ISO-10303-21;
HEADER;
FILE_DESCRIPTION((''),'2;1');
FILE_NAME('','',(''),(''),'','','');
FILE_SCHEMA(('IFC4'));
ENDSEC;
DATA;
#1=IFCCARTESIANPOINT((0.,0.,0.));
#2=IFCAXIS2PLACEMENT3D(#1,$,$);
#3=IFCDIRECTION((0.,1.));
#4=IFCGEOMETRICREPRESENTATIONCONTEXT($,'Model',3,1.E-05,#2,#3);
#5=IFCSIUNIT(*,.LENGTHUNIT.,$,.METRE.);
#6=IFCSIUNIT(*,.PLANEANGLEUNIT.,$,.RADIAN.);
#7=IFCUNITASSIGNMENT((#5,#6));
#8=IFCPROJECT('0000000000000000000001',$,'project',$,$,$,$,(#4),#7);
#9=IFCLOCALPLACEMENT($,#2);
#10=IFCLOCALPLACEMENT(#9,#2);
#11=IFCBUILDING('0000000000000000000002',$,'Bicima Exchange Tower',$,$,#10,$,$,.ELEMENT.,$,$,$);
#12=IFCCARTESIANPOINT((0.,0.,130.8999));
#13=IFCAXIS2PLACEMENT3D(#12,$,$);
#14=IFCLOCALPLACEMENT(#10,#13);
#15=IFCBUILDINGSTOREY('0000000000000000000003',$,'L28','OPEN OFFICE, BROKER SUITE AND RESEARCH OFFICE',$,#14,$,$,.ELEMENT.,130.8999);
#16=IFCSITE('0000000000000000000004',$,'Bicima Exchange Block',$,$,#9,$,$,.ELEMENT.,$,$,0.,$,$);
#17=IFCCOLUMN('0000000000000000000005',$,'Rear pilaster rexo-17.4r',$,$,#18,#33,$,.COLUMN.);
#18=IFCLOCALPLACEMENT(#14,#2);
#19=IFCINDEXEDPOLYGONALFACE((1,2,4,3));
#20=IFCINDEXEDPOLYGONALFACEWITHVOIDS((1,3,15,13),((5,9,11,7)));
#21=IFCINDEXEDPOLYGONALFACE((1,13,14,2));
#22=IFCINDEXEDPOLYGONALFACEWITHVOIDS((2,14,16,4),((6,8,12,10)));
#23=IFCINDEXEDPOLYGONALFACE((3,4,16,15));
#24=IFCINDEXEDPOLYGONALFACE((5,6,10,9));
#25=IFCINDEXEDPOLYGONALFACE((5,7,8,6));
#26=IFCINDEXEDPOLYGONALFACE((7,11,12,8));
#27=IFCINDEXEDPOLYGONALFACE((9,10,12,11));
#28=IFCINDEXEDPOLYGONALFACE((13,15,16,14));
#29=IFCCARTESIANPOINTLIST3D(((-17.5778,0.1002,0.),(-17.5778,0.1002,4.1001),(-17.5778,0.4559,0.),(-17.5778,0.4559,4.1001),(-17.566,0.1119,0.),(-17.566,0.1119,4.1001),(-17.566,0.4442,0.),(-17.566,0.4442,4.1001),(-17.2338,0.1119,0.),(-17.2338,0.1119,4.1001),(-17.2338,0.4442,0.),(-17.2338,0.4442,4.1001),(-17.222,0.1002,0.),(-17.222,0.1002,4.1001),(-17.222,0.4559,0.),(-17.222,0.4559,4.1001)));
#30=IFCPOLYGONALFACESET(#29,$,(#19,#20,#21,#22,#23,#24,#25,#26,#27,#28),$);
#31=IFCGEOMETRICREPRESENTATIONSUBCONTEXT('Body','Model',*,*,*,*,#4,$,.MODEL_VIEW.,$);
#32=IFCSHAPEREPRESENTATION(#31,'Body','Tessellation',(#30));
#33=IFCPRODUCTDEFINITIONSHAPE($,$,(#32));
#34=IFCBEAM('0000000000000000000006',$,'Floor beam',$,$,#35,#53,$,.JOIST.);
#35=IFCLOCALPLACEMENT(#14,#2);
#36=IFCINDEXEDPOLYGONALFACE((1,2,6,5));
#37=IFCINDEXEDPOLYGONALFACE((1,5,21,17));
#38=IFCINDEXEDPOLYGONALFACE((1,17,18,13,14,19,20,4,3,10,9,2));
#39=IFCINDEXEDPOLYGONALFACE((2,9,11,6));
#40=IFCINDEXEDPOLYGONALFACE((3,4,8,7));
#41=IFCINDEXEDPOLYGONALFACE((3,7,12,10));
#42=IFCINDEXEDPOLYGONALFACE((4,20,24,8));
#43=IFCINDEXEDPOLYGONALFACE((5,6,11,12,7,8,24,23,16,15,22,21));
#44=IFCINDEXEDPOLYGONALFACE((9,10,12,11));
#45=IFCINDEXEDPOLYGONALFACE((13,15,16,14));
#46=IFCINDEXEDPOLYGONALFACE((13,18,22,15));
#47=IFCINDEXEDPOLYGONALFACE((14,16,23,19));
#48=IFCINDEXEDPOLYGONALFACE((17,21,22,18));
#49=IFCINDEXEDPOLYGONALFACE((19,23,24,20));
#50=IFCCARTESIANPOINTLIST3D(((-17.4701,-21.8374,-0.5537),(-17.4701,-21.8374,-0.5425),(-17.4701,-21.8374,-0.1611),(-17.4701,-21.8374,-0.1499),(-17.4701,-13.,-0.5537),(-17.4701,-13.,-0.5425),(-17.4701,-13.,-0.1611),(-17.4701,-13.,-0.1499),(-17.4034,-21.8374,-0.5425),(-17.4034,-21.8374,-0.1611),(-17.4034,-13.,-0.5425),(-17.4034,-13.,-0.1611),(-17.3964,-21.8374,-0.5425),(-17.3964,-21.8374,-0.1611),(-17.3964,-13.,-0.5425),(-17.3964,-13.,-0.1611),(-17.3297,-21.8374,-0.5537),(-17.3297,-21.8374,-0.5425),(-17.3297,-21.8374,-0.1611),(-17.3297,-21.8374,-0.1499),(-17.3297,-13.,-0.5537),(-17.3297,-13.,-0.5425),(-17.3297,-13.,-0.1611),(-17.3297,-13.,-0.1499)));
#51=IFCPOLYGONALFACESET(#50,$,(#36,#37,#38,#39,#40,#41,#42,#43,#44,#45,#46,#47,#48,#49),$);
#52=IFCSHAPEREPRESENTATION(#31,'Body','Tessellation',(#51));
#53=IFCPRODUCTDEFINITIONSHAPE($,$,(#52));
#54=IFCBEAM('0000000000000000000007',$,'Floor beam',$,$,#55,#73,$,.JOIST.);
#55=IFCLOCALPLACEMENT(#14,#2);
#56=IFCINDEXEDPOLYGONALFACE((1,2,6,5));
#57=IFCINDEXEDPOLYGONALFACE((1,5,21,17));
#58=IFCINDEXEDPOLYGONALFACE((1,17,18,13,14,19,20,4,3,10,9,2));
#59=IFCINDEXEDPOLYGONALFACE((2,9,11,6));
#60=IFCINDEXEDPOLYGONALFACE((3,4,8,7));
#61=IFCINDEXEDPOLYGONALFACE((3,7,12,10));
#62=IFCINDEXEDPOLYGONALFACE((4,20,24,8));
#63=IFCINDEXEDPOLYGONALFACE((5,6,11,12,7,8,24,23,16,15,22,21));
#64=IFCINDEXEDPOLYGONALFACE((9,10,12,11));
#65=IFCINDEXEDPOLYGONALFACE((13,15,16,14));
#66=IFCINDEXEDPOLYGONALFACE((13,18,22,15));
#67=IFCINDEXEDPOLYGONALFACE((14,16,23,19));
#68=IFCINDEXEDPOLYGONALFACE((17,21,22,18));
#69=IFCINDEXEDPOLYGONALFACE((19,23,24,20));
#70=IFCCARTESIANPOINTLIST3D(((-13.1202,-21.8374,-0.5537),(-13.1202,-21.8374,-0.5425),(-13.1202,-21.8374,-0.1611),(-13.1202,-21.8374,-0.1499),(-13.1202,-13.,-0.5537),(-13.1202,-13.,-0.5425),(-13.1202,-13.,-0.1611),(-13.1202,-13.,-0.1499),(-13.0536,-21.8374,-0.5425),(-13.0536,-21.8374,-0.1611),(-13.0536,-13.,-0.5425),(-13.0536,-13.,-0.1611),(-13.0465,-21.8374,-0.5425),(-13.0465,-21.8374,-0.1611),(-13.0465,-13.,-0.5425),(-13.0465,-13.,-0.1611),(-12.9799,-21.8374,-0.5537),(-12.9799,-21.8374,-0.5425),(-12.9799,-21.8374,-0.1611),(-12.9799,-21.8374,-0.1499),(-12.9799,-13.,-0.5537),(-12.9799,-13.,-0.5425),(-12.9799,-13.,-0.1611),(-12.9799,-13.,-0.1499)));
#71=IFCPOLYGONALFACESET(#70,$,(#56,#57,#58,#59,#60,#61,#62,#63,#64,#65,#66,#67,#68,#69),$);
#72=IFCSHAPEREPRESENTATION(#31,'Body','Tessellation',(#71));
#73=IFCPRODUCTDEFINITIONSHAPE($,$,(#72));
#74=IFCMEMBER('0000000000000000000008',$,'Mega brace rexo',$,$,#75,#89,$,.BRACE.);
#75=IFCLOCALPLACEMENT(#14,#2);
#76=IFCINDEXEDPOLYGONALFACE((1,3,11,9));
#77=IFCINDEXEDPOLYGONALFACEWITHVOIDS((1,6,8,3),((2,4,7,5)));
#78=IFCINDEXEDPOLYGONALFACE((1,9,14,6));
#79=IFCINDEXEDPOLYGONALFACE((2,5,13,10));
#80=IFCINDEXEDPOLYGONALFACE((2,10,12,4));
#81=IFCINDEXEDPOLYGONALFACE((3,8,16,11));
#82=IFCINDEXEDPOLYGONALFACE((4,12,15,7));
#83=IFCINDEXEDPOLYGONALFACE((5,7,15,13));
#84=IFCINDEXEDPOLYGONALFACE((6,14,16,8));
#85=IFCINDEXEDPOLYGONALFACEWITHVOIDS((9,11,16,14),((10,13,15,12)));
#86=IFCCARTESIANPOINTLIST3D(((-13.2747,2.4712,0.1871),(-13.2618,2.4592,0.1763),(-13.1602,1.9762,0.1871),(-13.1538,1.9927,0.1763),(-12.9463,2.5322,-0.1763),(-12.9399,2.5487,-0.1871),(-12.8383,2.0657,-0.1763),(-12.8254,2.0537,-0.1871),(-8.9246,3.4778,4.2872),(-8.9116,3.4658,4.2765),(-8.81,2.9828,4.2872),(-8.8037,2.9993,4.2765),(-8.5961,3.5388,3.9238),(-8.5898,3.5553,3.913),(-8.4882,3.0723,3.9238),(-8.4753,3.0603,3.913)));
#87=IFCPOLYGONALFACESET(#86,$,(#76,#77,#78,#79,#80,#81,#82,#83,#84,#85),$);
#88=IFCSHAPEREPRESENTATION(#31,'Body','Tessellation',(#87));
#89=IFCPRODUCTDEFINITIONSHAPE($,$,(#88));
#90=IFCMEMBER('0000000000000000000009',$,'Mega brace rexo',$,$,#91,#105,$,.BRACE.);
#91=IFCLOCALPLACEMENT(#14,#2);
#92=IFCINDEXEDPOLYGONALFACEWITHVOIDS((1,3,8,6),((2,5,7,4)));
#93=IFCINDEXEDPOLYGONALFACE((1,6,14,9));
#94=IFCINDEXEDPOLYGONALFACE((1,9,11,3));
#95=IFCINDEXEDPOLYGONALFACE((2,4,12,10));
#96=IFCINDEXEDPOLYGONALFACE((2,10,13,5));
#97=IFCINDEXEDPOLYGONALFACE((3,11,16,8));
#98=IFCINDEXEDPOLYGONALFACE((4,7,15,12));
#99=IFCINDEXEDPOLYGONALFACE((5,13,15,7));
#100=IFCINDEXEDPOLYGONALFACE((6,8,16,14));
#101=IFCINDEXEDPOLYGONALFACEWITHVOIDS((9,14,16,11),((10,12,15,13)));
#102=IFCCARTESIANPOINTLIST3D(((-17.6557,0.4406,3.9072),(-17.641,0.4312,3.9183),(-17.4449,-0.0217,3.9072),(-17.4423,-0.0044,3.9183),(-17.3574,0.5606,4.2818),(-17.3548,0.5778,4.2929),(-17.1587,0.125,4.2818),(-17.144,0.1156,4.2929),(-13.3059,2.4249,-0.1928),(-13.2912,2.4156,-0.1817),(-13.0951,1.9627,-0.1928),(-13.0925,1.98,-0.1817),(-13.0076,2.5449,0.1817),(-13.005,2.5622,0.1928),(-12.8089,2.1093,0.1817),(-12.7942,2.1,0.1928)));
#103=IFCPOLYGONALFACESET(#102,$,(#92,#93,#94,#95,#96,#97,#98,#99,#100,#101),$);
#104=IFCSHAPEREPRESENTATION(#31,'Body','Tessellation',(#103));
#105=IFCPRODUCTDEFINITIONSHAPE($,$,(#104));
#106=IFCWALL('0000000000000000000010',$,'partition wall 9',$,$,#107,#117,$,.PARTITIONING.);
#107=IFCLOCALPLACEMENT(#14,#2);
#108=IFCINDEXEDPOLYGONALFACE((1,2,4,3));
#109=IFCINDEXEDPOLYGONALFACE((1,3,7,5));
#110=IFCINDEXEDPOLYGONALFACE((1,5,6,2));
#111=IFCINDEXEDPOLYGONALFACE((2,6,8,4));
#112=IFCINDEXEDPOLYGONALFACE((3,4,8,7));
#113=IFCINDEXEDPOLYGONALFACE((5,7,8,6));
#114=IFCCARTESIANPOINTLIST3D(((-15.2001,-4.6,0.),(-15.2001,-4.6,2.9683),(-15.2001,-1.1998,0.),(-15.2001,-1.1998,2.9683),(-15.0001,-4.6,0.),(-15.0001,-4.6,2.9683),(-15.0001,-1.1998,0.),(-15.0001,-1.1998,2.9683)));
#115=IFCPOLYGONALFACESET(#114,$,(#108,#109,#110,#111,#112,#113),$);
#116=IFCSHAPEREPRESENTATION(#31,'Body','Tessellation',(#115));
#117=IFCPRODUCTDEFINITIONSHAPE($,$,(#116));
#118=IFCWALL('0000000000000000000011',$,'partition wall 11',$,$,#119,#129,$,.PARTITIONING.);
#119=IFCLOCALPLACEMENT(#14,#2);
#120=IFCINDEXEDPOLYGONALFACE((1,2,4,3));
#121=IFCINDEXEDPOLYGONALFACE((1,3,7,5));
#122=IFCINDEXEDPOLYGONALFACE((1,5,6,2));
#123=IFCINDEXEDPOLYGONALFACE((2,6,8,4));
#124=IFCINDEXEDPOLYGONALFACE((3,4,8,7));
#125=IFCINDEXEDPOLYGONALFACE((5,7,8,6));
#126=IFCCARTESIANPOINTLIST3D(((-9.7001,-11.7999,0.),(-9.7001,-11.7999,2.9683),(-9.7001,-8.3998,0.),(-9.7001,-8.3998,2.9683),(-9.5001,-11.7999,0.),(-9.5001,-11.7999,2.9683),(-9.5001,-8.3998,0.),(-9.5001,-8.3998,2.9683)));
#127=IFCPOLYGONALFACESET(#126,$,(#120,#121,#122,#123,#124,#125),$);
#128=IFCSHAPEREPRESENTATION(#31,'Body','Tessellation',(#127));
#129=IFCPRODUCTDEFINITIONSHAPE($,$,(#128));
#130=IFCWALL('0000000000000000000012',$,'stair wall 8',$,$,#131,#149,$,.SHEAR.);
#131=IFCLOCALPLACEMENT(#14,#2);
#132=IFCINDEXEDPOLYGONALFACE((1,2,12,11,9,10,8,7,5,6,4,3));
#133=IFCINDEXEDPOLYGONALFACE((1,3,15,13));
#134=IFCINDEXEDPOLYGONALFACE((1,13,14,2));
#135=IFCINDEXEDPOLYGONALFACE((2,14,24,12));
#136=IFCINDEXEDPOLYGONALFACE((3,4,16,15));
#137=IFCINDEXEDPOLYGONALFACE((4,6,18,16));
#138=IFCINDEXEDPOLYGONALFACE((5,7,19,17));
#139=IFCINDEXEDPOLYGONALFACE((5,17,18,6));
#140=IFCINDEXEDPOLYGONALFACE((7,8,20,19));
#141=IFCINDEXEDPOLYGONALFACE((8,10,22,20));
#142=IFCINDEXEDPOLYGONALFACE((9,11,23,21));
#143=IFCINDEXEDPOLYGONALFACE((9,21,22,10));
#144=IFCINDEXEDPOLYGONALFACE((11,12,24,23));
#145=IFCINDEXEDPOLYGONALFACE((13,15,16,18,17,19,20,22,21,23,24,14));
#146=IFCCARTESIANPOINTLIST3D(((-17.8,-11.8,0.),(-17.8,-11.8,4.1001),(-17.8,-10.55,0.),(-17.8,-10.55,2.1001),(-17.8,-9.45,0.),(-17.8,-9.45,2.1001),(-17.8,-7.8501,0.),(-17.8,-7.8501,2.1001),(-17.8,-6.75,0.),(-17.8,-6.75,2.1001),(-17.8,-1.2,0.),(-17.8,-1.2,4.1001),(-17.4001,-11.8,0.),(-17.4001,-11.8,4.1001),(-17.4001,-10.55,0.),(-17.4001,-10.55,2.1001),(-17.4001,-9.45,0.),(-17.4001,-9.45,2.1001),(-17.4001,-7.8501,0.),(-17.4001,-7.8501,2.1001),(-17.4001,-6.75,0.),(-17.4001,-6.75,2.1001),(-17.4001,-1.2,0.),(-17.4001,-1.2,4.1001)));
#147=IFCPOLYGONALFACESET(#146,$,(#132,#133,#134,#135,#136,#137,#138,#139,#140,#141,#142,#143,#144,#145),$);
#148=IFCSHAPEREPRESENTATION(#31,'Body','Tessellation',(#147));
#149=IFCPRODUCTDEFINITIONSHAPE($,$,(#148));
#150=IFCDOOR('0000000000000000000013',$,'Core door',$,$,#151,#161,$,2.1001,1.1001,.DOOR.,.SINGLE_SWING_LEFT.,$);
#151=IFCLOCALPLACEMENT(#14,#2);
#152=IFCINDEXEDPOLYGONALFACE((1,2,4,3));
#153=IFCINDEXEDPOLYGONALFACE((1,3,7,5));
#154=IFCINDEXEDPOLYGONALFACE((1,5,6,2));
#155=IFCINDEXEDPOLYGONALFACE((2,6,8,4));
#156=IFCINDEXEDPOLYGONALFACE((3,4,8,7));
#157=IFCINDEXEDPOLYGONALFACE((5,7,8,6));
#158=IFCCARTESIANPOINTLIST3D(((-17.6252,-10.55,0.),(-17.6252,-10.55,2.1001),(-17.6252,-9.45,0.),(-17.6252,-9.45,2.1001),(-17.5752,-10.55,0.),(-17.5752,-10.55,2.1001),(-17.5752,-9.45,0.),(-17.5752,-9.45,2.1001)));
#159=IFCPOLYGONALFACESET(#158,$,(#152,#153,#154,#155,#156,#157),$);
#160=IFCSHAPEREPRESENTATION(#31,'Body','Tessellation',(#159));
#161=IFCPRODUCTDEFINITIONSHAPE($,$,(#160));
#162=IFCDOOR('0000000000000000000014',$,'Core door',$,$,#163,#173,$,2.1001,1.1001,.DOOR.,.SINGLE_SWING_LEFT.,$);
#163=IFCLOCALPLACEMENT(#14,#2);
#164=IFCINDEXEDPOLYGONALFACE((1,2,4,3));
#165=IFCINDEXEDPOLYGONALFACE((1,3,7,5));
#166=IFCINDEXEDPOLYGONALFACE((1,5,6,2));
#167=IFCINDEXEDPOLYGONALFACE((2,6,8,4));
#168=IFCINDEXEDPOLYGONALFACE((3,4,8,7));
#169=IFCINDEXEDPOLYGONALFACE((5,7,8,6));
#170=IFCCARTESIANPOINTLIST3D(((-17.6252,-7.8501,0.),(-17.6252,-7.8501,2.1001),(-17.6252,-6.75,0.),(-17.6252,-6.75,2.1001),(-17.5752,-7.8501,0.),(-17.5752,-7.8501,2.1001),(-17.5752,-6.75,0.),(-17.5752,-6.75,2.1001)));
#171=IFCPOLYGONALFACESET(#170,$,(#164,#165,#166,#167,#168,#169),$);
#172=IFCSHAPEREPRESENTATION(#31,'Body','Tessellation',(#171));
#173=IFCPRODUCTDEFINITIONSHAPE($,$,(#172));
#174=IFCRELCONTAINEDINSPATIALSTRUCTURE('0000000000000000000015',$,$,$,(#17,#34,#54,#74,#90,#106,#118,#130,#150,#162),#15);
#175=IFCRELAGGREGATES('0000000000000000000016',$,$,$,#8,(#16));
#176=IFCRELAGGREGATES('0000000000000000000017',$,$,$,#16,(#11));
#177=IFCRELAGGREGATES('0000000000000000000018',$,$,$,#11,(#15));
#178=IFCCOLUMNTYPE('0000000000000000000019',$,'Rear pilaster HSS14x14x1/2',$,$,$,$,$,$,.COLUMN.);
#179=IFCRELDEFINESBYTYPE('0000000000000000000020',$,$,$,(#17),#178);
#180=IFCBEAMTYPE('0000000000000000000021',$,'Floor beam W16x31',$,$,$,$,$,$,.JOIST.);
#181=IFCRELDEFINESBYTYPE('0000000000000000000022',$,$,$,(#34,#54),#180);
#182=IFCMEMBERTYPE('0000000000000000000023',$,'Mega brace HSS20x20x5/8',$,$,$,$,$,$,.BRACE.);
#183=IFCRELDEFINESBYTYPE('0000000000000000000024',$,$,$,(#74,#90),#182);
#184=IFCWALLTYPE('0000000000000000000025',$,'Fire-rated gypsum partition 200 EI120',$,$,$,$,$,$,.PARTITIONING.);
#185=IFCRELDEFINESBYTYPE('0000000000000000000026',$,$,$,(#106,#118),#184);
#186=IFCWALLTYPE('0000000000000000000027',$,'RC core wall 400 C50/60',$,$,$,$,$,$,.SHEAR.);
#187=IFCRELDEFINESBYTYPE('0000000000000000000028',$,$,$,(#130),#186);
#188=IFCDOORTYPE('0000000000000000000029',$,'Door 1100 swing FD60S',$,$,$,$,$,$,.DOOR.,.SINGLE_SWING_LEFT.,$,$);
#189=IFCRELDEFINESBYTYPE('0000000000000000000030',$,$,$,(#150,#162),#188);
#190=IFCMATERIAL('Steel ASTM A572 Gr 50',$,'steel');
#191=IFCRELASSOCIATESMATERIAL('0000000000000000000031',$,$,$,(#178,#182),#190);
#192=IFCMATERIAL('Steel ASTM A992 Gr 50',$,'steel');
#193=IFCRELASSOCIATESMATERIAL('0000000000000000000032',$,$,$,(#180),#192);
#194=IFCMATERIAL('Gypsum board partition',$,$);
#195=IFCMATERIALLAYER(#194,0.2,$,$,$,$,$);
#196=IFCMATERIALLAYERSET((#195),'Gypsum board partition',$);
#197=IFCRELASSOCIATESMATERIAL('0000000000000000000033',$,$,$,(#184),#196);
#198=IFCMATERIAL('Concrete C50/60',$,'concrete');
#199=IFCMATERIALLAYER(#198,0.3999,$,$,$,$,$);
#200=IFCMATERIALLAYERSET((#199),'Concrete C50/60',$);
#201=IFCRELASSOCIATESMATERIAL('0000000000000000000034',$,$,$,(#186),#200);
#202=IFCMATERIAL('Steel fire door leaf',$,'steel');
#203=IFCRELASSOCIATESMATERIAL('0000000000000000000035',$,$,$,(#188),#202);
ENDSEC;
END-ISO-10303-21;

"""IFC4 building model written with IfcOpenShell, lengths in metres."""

from ifc_helpers import new_model, si_unit, direction, frame, frame_2d, origin, origin_2d, place, context, subcontext, project, spatial, rectangle, hollow_rectangle, i_section, extrude, material, layer, layer_set, material_profile, profile_set, type_object, element, fill, save


model = new_model("IFC4")

# Units and contexts
model_context = context("Model", 3, precision=1e-05, world=origin(), true_north=direction((0.0, 1.0)))
body_context = subcontext(model_context, "Body", "Model", "MODEL_VIEW")
ifc_project = project(units=[si_unit("LENGTHUNIT", "METRE"), si_unit("PLANEANGLEUNIT", "RADIAN")], contexts=[model_context])

# Site, building, storey
site_placement = place(None, origin())
site = spatial("IfcSite", under=ifc_project, at=site_placement, Name="Bicima Exchange Block", CompositionType="ELEMENT", RefElevation=0.0)
building_placement = place(site_placement, origin())
building = spatial("IfcBuilding", under=site, at=building_placement, Name="Bicima Exchange Tower", CompositionType="ELEMENT")
storey_placement = place(building_placement, frame((0.0, 0.0, 130.8999)))
storey = spatial("IfcBuildingStorey", under=building, at=storey_placement, Name="L28", Description="OPEN OFFICE, BROKER SUITE AND RESEARCH OFFICE", CompositionType="ELEMENT", Elevation=130.8999)

# Column
ifc_material_1 = material(Name="Steel ASTM A572 Gr 50", Category="steel")
ifc_material_profile_1 = material_profile(ifc_material_1, hollow_rectangle(XDim=0.3557, YDim=0.3557, WallThickness=0.0117, at=origin_2d()))
ifc_profile_set_1 = profile_set([ifc_material_profile_1], Name="Steel ASTM A572 Gr 50")
column_type = type_object("IfcColumnType", Name="Rear pilaster HSS14x14x1/2", PredefinedType="COLUMN", material=ifc_profile_set_1)
column_placement = place(storey_placement, frame((-17.3999, 0.2781, 0.0), z_axis=(0.0, 0.0, 1.0), x_axis=(1.0, 0.0, 0.0)))
element("IfcColumn", 1, at=column_placement, inside=storey, type_object=column_type, Name="Rear pilaster rexo-17.4r", PredefinedType="COLUMN", context=body_context, shape_type="SweptSolid", body=[
    extrude(hollow_rectangle(XDim=0.3557, YDim=0.3557, WallThickness=0.0117, at=origin_2d()), origin(), (0.0, 0.0, 1.0), 4.1001),
])

# Beams
ifc_material_2 = material(Name="Steel ASTM A992 Gr 50", Category="steel")
ifc_material_profile_2 = material_profile(ifc_material_2, i_section(OverallWidth=0.1404, OverallDepth=0.4038, WebThickness=0.0071, FlangeThickness=0.0112, at=origin_2d()))
ifc_profile_set_2 = profile_set([ifc_material_profile_2], Name="Steel ASTM A992 Gr 50")
beam_type = type_object("IfcBeamType", Name="Floor beam W16x31", PredefinedType="JOIST", material=ifc_profile_set_2)
for number, where, z_axis, x_axis, name in (
    (2, (-17.3999, -13.0, -0.3518), (0.0, -1.0, 0.0), (1.0, 0.0, 0.0), "Floor beam"),
    (3, (-13.05, -13.0, -0.3518), (0.0, -1.0, 0.0), (1.0, 0.0, 0.0), "Floor beam"),
):
    element("IfcBeam", number, at=place(storey_placement, frame(where, z_axis=z_axis, x_axis=x_axis)), inside=storey, type_object=beam_type, Name=name, PredefinedType="JOIST", context=body_context, shape_type="SweptSolid", body=[
        extrude(i_section(OverallWidth=0.1404, OverallDepth=0.4038, WebThickness=0.0071, FlangeThickness=0.0112, at=origin_2d()), origin(), (0.0, 0.0, 1.0), 8.8374),
    ])

# Members
ifc_material_profile_3 = material_profile(ifc_material_1, hollow_rectangle(XDim=0.5081, YDim=0.5081, WallThickness=0.0146, at=origin_2d()))
ifc_profile_set_3 = profile_set([ifc_material_profile_3], Name="Steel ASTM A572 Gr 50")
member_type = type_object("IfcMemberType", Name="Mega brace HSS20x20x5/8", PredefinedType="BRACE", material=ifc_profile_set_3)
member_1_placement = place(storey_placement, frame((-13.05, 2.2625, 0.0), z_axis=(0.717606, 0.166051, 0.676365), x_axis=(-0.225439, 0.974257, 0.0)))
element("IfcMember", 4, at=member_1_placement, inside=storey, type_object=member_type, Name="Mega brace rexo", PredefinedType="BRACE", context=body_context, shape_type="SweptSolid", body=[
    extrude(hollow_rectangle(XDim=0.5081, YDim=0.5081, WallThickness=0.0146, at=origin_2d()), origin(), (0.0, 0.0, 1.0), 6.062),
])
member_2_placement = place(storey_placement, frame((-13.05, 2.2625, 0.0), z_axis=(-0.690629, -0.31506, 0.650975), x_axis=(0.415045, -0.909801, 0.0)))
element("IfcMember", 5, at=member_2_placement, inside=storey, type_object=member_type, Name="Mega brace rexo", PredefinedType="BRACE", context=body_context, shape_type="SweptSolid", body=[
    extrude(hollow_rectangle(XDim=0.5081, YDim=0.5081, WallThickness=0.0146, at=origin_2d()), origin(), (0.0, 0.0, 1.0), 6.2983),
])

# Walls
ifc_material_3 = material(Name="Gypsum board partition")
ifc_layer_1 = layer(ifc_material_3, 0.2)
ifc_layer_set_1 = layer_set([ifc_layer_1], Name="Gypsum board partition")
wall_type_1 = type_object("IfcWallType", Name="Fire-rated gypsum partition 200 EI120", PredefinedType="PARTITIONING", material=ifc_layer_set_1)
for number, where, z_axis, x_axis, name in (
    (6, (-15.1001, -4.6001, 0.0), (0.0, 0.0, 1.0), (0.0, 1.0, 0.0), "partition wall 9"),
    (7, (-9.6001, -11.8, 0.0), (0.0, 0.0, 1.0), (0.0, 1.0, 0.0), "partition wall 11"),
):
    element("IfcWall", number, at=place(storey_placement, frame(where, z_axis=z_axis, x_axis=x_axis)), inside=storey, type_object=wall_type_1, Name=name, PredefinedType="PARTITIONING", context=body_context, shape_type="SweptSolid", body=[
        extrude(rectangle(XDim=3.4001, YDim=0.2, at=frame_2d((1.7002, 0.0))), origin(), (0.0, 0.0, 1.0), 2.9683),
    ])

# Wall, openings, doors
ifc_material_4 = material(Name="Concrete C50/60", Category="concrete")
ifc_layer_2 = layer(ifc_material_4, 0.3999)
ifc_layer_set_2 = layer_set([ifc_layer_2], Name="Concrete C50/60")
wall_type_2 = type_object("IfcWallType", Name="RC core wall 400 C50/60", PredefinedType="SHEAR", material=ifc_layer_set_2)
wall_1_placement = place(storey_placement, frame((-17.6001, -11.8, 0.0), z_axis=(0.0, 0.0, 1.0), x_axis=(0.0, 1.0, 0.0)))
wall_1 = element("IfcWall", 8, at=wall_1_placement, inside=storey, type_object=wall_type_2, Name="stair wall 8", PredefinedType="SHEAR", context=body_context, shape_type="SweptSolid", body=[
    extrude(rectangle(XDim=10.6001, YDim=0.3999, at=frame_2d((5.3, 0.0))), origin(), (0.0, 0.0, 1.0), 4.1001),
])
opening_1_placement = place(wall_1_placement, frame((1.25, 0.0, 0.0)))
opening_1 = element("IfcOpeningElement", 9, at=opening_1_placement, cuts=wall_1, PredefinedType="OPENING", context=body_context, shape_type="SweptSolid", body=[
    extrude(rectangle(XDim=1.1001, YDim=2.1001, at=frame_2d((0.55, 1.05))), frame((0.0, 0.2119, 0.0), z_axis=(0.0, -1.0, 0.0), x_axis=(1.0, 0.0, 0.0)), (0.0, 0.0, 1.0), 0.4238),
])
opening_2_placement = place(wall_1_placement, frame((3.95, 0.0, 0.0)))
opening_2 = element("IfcOpeningElement", 10, at=opening_2_placement, cuts=wall_1, PredefinedType="OPENING", context=body_context, shape_type="SweptSolid", body=[
    extrude(rectangle(XDim=1.1001, YDim=2.1001, at=frame_2d((0.55, 1.05))), frame((0.0, 0.2119, 0.0), z_axis=(0.0, -1.0, 0.0), x_axis=(1.0, 0.0, 0.0)), (0.0, 0.0, 1.0), 0.4238),
])
ifc_material_5 = material(Name="Steel fire door leaf", Category="steel")
door_type_1 = type_object("IfcDoorType", Name="Door 1100 swing FD60S", OperationType="SINGLE_SWING_LEFT", PredefinedType="DOOR", material=ifc_material_5)
door_1_placement = place(opening_1_placement, frame((1.1001, 0.0, 0.0), z_axis=(0.0, 0.0, 1.0), x_axis=(-1.0, 0.0, 0.0)))
door_1 = element("IfcDoor", 11, at=door_1_placement, inside=storey, type_object=door_type_1, Name="Core door", OperationType="SINGLE_SWING_LEFT", OverallHeight=2.1001, OverallWidth=1.1001, PredefinedType="DOOR", context=body_context, shape_type="SweptSolid", body=[
    extrude(rectangle(XDim=1.1001, YDim=2.1001, at=frame_2d((0.55, 1.05))), frame((0.0, 0.0249, 0.0), z_axis=(0.0, -1.0, 0.0), x_axis=(1.0, 0.0, 0.0)), (0.0, 0.0, 1.0), 0.05),
])
fill(opening_1, door_1)
door_2_placement = place(opening_2_placement, frame((1.1001, 0.0, 0.0), z_axis=(0.0, 0.0, 1.0), x_axis=(-1.0, 0.0, 0.0)))
door_2 = element("IfcDoor", 12, at=door_2_placement, inside=storey, type_object=door_type_1, Name="Core door", OperationType="SINGLE_SWING_LEFT", OverallHeight=2.1001, OverallWidth=1.1001, PredefinedType="DOOR", context=body_context, shape_type="SweptSolid", body=[
    extrude(rectangle(XDim=1.1001, YDim=2.1001, at=frame_2d((0.55, 1.05))), frame((0.0, 0.0249, 0.0), z_axis=(0.0, -1.0, 0.0), x_axis=(1.0, 0.0, 0.0)), (0.0, 0.0, 1.0), 0.05),
])
fill(opening_2, door_2)

save(model, "model.ifc")
